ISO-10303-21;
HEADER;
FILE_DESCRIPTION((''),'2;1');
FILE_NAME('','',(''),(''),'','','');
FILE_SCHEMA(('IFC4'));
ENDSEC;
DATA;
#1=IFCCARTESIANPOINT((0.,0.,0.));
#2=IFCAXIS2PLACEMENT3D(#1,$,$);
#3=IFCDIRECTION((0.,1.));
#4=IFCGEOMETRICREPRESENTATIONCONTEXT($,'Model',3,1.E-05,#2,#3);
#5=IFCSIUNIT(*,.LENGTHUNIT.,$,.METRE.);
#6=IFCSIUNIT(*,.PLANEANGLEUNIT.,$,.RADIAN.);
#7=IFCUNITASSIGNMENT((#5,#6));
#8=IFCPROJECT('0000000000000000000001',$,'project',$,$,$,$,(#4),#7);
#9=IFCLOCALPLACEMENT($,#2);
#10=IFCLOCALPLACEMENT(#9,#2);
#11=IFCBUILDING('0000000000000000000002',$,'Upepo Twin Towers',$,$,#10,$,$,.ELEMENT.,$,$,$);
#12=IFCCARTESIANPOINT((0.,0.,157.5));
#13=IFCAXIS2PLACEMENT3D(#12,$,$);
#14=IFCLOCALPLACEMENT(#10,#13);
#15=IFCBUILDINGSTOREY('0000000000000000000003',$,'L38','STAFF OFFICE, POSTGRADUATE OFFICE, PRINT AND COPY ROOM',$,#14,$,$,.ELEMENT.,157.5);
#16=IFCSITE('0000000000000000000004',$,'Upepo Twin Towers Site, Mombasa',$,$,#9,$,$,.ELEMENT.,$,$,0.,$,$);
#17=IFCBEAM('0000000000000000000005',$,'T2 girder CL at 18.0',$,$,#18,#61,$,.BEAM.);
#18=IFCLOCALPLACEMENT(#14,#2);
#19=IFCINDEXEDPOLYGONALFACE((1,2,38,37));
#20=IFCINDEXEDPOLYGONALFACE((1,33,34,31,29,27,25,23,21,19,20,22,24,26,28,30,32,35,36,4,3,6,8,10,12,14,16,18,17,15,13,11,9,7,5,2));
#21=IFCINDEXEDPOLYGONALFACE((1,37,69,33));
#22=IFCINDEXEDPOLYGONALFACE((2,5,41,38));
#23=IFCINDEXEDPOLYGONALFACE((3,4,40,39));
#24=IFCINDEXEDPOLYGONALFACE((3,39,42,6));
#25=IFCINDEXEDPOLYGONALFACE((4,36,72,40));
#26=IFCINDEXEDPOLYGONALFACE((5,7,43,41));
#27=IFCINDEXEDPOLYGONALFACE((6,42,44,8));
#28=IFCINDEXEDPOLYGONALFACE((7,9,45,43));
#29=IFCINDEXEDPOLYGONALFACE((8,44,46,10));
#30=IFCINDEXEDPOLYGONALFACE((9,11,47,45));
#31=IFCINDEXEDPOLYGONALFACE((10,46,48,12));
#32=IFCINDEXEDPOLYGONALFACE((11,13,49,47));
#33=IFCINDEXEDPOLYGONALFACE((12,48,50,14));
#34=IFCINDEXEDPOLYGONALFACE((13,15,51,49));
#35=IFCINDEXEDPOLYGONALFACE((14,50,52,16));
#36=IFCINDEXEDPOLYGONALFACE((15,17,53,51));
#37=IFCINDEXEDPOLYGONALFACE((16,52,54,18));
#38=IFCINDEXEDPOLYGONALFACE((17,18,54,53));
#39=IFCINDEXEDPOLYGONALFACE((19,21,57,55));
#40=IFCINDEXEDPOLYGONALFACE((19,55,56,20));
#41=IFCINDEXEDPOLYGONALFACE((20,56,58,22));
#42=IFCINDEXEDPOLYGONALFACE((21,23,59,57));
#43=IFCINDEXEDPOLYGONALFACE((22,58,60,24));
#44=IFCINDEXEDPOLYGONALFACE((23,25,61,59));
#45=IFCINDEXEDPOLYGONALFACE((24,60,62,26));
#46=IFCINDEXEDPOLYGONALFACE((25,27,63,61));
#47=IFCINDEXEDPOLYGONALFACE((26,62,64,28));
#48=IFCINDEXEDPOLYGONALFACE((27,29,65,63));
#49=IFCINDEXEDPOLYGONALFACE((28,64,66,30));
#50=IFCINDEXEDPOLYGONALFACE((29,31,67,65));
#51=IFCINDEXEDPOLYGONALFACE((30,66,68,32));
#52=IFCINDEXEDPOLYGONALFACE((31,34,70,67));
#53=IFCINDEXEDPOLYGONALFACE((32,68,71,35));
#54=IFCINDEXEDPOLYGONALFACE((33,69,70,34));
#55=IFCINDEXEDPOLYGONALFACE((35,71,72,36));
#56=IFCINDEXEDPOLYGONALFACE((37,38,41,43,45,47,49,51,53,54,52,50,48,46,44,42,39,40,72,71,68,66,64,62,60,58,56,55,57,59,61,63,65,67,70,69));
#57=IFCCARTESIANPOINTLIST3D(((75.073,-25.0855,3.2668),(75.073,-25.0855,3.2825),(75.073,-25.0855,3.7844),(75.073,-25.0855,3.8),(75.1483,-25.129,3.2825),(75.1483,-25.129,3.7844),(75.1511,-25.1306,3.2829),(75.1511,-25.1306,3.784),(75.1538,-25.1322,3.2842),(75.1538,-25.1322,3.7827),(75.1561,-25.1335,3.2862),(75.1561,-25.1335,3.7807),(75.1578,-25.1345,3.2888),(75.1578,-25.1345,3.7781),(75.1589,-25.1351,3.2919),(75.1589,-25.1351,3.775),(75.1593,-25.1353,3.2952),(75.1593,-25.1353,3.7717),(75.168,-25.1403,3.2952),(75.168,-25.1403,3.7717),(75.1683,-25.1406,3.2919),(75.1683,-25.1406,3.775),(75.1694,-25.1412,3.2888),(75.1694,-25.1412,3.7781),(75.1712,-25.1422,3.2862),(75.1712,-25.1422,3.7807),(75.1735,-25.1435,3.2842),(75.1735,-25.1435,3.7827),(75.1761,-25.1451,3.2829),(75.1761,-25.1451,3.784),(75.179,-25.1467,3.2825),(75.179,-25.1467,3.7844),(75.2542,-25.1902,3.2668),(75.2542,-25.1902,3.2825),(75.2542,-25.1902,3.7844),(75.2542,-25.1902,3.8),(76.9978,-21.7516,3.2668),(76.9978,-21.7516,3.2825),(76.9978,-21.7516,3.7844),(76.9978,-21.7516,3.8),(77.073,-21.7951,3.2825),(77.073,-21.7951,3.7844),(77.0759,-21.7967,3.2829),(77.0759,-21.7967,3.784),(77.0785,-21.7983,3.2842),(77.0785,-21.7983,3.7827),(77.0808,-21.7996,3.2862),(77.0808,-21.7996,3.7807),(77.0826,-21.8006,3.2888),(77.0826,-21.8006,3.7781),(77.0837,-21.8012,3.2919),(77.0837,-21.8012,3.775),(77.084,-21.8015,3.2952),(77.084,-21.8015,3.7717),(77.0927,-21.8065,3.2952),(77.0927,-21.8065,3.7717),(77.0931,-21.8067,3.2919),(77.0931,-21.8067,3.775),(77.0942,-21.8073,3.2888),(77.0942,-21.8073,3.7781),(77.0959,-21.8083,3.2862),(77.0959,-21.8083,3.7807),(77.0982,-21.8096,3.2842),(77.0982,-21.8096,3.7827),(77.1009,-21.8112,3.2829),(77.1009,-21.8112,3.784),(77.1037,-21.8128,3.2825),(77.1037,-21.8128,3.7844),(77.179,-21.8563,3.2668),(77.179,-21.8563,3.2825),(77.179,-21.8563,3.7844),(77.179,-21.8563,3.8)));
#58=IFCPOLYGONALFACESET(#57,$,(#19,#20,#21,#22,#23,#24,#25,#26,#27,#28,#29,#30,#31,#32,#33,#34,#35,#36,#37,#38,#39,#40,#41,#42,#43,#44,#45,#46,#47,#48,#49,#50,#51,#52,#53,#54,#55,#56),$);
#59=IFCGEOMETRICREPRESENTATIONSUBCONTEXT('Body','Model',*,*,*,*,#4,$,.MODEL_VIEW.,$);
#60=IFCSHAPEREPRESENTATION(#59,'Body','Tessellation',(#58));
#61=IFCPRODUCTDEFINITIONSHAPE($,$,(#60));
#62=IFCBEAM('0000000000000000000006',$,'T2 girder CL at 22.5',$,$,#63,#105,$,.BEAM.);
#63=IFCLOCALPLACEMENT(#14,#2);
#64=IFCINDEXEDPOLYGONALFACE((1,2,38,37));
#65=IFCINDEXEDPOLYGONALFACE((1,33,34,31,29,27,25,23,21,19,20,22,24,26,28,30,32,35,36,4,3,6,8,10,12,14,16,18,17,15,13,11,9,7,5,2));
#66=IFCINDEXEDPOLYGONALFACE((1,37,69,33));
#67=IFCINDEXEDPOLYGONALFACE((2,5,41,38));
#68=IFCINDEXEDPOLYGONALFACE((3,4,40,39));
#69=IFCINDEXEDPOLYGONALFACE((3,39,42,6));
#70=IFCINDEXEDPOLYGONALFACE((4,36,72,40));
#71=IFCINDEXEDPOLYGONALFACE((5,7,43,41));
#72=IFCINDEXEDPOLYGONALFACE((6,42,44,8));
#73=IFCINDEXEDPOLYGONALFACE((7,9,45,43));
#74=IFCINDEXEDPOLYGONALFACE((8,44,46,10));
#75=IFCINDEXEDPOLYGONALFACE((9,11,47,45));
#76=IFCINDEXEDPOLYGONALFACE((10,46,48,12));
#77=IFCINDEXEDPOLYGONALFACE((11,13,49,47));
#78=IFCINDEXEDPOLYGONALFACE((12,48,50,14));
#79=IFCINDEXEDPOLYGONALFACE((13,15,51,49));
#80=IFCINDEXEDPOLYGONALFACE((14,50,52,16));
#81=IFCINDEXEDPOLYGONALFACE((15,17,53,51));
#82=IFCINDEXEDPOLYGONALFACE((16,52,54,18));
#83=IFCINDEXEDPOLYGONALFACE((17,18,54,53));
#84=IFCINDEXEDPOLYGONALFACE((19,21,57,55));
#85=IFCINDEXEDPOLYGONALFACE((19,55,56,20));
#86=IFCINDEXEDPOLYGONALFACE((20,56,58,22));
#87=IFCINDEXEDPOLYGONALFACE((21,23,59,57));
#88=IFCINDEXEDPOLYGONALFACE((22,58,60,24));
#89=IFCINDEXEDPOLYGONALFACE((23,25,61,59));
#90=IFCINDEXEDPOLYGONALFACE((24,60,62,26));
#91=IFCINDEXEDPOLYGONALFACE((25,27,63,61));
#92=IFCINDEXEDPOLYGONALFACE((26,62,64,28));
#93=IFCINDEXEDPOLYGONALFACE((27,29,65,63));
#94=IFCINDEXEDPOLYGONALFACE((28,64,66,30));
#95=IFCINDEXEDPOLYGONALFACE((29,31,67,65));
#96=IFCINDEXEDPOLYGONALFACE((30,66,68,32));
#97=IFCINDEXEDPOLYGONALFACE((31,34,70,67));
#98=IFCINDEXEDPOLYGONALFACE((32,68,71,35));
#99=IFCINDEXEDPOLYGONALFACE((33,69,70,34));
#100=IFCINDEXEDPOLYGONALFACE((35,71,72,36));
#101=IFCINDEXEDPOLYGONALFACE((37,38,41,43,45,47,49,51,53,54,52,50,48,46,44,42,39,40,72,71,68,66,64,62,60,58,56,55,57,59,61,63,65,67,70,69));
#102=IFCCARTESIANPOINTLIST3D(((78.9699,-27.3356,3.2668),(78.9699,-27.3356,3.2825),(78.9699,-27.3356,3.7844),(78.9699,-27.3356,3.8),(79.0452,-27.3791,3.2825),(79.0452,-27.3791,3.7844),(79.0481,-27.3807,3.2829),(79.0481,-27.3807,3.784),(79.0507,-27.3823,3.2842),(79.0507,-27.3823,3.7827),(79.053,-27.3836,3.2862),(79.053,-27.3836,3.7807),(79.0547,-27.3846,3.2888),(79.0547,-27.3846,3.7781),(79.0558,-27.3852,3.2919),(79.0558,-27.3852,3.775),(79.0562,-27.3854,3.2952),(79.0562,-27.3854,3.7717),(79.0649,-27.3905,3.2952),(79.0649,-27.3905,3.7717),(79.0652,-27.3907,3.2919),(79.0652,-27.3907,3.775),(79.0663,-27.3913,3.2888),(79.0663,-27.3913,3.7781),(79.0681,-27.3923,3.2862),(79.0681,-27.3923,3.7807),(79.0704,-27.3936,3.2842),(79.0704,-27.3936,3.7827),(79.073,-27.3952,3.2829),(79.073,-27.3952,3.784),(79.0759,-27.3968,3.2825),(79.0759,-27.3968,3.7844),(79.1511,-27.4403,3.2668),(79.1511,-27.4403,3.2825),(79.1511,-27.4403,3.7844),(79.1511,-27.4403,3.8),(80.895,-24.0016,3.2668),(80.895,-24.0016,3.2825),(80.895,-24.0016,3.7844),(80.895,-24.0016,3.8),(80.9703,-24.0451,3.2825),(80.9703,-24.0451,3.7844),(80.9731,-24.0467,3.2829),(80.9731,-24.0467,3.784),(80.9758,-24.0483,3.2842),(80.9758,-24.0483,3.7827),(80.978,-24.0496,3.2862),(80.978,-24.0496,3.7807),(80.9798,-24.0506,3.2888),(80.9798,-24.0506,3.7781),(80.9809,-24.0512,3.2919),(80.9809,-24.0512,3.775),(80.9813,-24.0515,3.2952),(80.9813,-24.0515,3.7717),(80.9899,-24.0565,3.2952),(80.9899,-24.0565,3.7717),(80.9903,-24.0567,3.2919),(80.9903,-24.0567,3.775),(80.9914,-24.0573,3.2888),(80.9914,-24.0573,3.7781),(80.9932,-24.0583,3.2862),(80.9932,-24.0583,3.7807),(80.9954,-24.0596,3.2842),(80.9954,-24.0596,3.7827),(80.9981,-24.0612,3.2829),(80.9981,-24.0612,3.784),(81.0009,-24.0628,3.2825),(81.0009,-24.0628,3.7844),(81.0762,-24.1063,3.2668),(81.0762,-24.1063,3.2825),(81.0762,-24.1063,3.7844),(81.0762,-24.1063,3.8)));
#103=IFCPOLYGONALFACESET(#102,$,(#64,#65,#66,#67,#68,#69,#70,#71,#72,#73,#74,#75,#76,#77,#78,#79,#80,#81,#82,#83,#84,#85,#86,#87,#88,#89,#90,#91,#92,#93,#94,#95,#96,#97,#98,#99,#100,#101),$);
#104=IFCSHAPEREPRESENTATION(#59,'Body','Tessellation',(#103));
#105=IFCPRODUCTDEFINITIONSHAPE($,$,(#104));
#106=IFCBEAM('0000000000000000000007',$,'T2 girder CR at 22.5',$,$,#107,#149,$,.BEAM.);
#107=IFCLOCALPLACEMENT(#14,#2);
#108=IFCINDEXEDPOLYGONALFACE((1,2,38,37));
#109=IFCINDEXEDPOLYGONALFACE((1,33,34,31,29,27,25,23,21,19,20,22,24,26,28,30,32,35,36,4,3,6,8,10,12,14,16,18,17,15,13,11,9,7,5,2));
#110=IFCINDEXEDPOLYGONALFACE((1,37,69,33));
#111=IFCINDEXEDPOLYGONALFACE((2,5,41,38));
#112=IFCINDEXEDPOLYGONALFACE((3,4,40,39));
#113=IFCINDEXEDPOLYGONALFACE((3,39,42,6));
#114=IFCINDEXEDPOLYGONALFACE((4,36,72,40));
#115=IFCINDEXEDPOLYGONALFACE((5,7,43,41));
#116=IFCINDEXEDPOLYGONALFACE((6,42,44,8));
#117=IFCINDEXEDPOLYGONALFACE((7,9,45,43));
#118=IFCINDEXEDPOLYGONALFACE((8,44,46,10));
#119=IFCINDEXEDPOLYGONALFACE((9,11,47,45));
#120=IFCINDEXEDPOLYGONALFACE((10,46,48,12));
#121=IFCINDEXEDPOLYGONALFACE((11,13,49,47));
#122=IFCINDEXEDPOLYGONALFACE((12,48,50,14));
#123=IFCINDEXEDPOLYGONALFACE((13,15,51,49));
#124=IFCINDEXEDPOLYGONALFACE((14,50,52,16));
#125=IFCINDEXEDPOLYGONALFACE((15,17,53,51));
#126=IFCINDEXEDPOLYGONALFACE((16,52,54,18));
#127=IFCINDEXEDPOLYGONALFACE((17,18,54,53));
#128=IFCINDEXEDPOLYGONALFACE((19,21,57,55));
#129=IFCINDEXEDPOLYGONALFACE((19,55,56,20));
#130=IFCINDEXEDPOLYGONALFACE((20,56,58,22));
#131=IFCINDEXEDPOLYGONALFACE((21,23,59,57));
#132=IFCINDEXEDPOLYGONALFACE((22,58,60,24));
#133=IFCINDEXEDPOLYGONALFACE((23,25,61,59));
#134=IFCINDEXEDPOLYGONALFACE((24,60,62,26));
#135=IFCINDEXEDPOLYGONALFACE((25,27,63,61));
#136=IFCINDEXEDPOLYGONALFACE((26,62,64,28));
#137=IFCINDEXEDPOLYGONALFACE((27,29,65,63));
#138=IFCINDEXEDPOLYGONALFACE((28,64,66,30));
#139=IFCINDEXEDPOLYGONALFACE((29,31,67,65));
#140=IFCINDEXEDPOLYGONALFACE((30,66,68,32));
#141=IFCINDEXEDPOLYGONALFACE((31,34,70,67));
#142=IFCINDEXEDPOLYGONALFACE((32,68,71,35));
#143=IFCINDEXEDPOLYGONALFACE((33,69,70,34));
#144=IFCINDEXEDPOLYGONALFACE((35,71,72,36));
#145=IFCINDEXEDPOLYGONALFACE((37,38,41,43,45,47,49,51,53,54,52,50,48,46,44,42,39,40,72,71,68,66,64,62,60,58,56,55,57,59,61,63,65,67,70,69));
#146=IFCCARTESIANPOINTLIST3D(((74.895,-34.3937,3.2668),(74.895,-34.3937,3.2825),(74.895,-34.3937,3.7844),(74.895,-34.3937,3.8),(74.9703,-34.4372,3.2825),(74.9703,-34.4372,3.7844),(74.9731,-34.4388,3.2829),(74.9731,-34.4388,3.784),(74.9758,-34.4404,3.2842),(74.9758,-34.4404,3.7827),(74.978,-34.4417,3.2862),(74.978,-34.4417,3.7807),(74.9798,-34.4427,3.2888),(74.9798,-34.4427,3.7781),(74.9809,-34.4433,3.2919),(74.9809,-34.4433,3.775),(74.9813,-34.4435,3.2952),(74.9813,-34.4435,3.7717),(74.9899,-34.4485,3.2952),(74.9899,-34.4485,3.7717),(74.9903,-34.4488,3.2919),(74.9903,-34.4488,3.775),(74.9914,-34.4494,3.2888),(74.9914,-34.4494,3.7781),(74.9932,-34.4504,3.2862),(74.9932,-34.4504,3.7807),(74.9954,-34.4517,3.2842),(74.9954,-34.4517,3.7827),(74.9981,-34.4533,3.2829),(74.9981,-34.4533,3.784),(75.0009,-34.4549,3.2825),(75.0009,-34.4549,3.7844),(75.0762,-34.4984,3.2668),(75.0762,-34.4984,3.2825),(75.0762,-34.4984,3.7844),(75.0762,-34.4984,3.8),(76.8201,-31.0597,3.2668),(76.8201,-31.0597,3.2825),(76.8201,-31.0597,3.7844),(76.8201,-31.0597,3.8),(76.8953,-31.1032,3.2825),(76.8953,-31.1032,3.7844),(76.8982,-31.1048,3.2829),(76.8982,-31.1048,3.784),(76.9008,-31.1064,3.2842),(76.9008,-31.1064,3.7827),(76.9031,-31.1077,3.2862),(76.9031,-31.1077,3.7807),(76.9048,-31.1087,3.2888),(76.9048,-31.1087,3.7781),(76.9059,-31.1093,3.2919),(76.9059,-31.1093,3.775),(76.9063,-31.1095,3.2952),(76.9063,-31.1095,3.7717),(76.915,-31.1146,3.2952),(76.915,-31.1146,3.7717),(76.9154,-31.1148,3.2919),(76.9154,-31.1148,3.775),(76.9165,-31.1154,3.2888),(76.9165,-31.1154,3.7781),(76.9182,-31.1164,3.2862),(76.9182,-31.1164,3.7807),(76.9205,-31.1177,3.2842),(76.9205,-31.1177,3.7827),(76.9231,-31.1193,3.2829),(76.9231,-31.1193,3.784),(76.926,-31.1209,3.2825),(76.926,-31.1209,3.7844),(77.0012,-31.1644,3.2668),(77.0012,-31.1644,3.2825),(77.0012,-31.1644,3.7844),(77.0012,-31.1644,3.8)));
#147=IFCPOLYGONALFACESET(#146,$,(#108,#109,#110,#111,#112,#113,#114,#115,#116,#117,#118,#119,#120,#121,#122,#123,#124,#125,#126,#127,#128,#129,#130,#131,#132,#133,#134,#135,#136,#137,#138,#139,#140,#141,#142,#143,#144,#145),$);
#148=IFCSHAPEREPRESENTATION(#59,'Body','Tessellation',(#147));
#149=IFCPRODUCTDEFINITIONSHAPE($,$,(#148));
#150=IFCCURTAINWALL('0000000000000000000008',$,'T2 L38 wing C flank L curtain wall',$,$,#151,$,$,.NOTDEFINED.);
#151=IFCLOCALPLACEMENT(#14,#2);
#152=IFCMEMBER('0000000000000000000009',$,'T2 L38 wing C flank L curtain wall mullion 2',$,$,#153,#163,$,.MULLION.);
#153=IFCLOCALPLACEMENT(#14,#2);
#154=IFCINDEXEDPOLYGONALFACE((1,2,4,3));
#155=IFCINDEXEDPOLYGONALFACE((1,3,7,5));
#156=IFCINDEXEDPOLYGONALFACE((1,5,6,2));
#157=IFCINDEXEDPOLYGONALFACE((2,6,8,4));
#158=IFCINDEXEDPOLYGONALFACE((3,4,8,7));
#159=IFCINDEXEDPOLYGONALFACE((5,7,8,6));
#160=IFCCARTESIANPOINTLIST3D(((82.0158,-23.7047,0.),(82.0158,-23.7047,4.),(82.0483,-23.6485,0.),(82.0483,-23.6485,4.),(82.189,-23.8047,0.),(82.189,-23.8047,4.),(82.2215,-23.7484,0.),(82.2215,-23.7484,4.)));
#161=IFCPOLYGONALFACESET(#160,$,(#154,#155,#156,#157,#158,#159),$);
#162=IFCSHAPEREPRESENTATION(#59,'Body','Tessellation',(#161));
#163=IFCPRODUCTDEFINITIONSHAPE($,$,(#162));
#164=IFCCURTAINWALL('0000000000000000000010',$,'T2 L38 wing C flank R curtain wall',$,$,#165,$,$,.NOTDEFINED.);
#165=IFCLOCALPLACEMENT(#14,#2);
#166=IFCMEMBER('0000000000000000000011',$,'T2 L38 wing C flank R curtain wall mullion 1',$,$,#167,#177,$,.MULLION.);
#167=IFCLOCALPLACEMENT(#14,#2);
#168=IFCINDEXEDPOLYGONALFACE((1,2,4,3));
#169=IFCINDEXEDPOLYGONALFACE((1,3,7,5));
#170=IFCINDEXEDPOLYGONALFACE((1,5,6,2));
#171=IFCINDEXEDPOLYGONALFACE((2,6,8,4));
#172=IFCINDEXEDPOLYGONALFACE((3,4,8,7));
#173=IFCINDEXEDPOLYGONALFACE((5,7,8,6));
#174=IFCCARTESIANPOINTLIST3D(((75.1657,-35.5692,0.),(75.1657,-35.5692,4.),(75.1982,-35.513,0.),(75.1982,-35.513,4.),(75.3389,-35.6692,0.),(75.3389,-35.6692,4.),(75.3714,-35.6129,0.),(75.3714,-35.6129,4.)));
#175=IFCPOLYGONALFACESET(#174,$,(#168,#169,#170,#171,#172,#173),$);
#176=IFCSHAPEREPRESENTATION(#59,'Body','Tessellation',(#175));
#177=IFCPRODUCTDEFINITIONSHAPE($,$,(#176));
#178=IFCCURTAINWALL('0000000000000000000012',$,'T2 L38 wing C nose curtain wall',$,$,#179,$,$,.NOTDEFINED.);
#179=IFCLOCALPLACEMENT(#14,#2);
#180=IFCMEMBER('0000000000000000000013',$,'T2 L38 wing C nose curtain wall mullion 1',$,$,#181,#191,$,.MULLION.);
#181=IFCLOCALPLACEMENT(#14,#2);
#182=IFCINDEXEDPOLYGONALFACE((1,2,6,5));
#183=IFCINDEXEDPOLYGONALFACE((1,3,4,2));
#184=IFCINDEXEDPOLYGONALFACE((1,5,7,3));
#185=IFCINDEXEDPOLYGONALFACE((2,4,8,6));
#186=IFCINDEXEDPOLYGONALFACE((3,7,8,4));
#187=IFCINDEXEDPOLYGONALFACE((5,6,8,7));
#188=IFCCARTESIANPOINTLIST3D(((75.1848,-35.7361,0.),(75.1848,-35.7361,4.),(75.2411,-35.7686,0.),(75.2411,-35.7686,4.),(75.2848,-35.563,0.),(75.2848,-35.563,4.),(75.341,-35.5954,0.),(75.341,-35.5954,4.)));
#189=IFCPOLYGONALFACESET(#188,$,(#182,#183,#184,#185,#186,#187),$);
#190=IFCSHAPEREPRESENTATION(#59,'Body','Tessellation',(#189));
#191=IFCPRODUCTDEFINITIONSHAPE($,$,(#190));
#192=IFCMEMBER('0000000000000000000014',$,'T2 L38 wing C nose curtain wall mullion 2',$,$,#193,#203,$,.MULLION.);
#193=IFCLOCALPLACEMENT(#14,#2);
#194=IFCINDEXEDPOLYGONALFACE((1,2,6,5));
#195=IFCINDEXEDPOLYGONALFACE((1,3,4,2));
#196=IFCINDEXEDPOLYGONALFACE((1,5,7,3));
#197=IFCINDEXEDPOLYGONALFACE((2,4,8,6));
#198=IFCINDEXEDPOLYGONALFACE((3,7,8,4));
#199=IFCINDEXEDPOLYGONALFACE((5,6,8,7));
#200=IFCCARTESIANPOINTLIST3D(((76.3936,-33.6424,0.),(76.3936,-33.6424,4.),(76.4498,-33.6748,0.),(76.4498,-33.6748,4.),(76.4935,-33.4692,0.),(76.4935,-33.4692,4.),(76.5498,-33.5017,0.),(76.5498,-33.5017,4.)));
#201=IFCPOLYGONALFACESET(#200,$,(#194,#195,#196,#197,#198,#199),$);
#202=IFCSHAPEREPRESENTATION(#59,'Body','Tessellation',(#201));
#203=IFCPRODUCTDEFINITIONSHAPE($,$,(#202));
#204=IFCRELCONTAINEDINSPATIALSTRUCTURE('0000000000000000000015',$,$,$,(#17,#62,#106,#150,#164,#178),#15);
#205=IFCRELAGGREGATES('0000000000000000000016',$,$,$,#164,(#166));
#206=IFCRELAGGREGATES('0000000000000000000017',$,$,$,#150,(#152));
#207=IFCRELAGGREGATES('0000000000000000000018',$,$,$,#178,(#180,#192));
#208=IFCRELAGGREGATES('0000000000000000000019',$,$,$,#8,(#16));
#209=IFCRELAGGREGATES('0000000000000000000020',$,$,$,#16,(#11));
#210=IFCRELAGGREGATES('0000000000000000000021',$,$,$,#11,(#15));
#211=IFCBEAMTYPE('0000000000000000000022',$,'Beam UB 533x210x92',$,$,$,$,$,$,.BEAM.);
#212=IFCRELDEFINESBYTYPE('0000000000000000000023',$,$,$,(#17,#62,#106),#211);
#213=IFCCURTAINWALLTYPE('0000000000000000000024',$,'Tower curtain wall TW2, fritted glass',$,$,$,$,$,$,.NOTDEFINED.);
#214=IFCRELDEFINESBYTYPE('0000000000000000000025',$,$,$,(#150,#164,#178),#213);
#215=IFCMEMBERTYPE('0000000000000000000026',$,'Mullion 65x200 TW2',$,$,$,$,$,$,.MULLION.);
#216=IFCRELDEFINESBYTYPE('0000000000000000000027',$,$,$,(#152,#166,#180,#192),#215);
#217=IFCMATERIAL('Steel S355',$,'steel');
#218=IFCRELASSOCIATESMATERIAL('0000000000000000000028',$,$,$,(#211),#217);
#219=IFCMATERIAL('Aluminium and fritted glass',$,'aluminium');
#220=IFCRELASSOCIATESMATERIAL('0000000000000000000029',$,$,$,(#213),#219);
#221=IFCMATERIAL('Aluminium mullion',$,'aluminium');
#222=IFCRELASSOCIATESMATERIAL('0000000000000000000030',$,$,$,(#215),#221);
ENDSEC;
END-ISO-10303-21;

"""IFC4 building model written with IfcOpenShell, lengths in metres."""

from ifc_helpers import new_model, si_unit, direction, frame, origin, origin_2d, place, context, subcontext, project, spatial, rectangle, i_section, extrude, material, material_profile, profile_set, type_object, element, aggregate, save


model = new_model("IFC4")

# Units and contexts
model_context = context("Model", 3, precision=1e-05, world=origin(), true_north=direction((0.0, 1.0)))
body_context = subcontext(model_context, "Body", "Model", "MODEL_VIEW")
ifc_project = project(units=[si_unit("LENGTHUNIT", "METRE"), si_unit("PLANEANGLEUNIT", "RADIAN")], contexts=[model_context])

# Site, building, storey
site_placement = place(None, origin())
site = spatial("IfcSite", under=ifc_project, at=site_placement, Name="Upepo Twin Towers Site, Mombasa", CompositionType="ELEMENT", RefElevation=0.0)
building_placement = place(site_placement, origin())
building = spatial("IfcBuilding", under=site, at=building_placement, Name="Upepo Twin Towers", CompositionType="ELEMENT")
storey_placement = place(building_placement, frame((0.0, 0.0, 157.5)))
storey = spatial("IfcBuildingStorey", under=building, at=storey_placement, Name="L38", Description="STAFF OFFICE, POSTGRADUATE OFFICE, PRINT AND COPY ROOM", CompositionType="ELEMENT", Elevation=157.5)

# Beams
ifc_material_1 = material(Name="Steel S355", Category="steel")
ifc_material_profile_1 = material_profile(ifc_material_1, i_section(OverallWidth=0.2092, OverallDepth=0.5332, WebThickness=0.01, FlangeThickness=0.0156, FilletRadius=0.0127, at=origin_2d()), Name="UB 533x210x92")
ifc_profile_set_1 = profile_set([ifc_material_profile_1], Name="Steel S355")
beam_type_1 = type_object("IfcBeamType", Name="Beam UB 533x210x92", PredefinedType="BEAM", material=ifc_profile_set_1)
beam_1_placement = place(storey_placement, frame((77.0884, -21.804, 3.5334), z_axis=(-0.499986, -0.866034, 0.0), x_axis=(0.866034, -0.499986, 0.0)))
element("IfcBeam", 1, at=beam_1_placement, inside=storey, type_object=beam_type_1, Name="T2 girder CL at 18.0", PredefinedType="BEAM", context=body_context, shape_type="SweptSolid", body=[
    extrude(i_section(OverallWidth=0.2092, OverallDepth=0.5332, WebThickness=0.01, FlangeThickness=0.0156, FilletRadius=0.0127, at=origin_2d()), origin(), (0.0, 0.0, 1.0), 3.8496),
])
for number, where, z_axis, x_axis, name in (
    (2, (80.9856, -24.054, 3.5334), (-0.500034, -0.866006, 0.0), (0.866006, -0.500034, 0.0), "T2 girder CL at 22.5"),
    (3, (74.9856, -34.446, 3.5334), (0.500034, 0.866006, 0.0), (-0.866006, 0.500034, 0.0), "T2 girder CR at 22.5"),
):
    element("IfcBeam", number, at=place(storey_placement, frame(where, z_axis=z_axis, x_axis=x_axis)), inside=storey, type_object=beam_type_1, Name=name, PredefinedType="BEAM", context=body_context, shape_type="SweptSolid", body=[
        extrude(i_section(OverallWidth=0.2092, OverallDepth=0.5332, WebThickness=0.01, FlangeThickness=0.0156, FilletRadius=0.0127, at=origin_2d()), origin(), (0.0, 0.0, 1.0), 3.8499),
    ])

# Curtain walls, members
ifc_material_2 = material(Name="Aluminium and fritted glass", Category="aluminium")
curtain_wall_type = type_object("IfcCurtainWallType", Name="Tower curtain wall TW2, fritted glass", PredefinedType="NOTDEFINED", material=ifc_material_2)
curtain_wall_1_placement = place(storey_placement, origin())
curtain_wall_1 = element("IfcCurtainWall", 4, at=curtain_wall_1_placement, inside=storey, type_object=curtain_wall_type, Name="T2 L38 wing C flank L curtain wall", PredefinedType="NOTDEFINED")
ifc_material_3 = material(Name="Aluminium mullion", Category="aluminium")
ifc_material_profile_2 = material_profile(ifc_material_3, rectangle(XDim=0.0649, YDim=0.2, at=origin_2d()), Name="MULLION 65x200")
ifc_profile_set_2 = profile_set([ifc_material_profile_2], Name="Aluminium mullion")
member_type_1 = type_object("IfcMemberType", Name="Mullion 65x200 TW2", PredefinedType="MULLION", material=ifc_profile_set_2)
member_1_placement = place(storey_placement, frame((82.1187, -23.7266, 0.0), z_axis=(0.0, 0.0, 1.0), x_axis=(0.5, 0.866025, 0.0)))
member_1 = element("IfcMember", 5, at=member_1_placement, type_object=member_type_1, Name="T2 L38 wing C flank L curtain wall mullion 2", PredefinedType="MULLION", context=body_context, shape_type="SweptSolid", body=[
    extrude(rectangle(XDim=0.0649, YDim=0.2, at=origin_2d()), origin(), (0.0, 0.0, 1.0), 4.0),
])
curtain_wall_2_placement = place(storey_placement, origin())
curtain_wall_2 = element("IfcCurtainWall", 6, at=curtain_wall_2_placement, inside=storey, type_object=curtain_wall_type, Name="T2 L38 wing C flank R curtain wall", PredefinedType="NOTDEFINED")
member_2_placement = place(storey_placement, frame((75.2686, -35.5911, 0.0), z_axis=(0.0, 0.0, 1.0), x_axis=(-0.5, -0.866025, 0.0)))
member_2 = element("IfcMember", 7, at=member_2_placement, type_object=member_type_1, Name="T2 L38 wing C flank R curtain wall mullion 1", PredefinedType="MULLION", context=body_context, shape_type="SweptSolid", body=[
    extrude(rectangle(XDim=0.0649, YDim=0.2, at=origin_2d()), origin(), (0.0, 0.0, 1.0), 4.0),
])

# Curtain wall, members
curtain_wall_3_placement = place(storey_placement, origin())
curtain_wall_3 = element("IfcCurtainWall", 8, at=curtain_wall_3_placement, inside=storey, type_object=curtain_wall_type, Name="T2 L38 wing C nose curtain wall", PredefinedType="NOTDEFINED")
member_3_placement = place(storey_placement, frame((75.2629, -35.6658, 0.0), z_axis=(0.0, 0.0, 1.0), x_axis=(-0.866025, 0.5, 0.0)))
member_3 = element("IfcMember", 9, at=member_3_placement, type_object=member_type_1, Name="T2 L38 wing C nose curtain wall mullion 1", PredefinedType="MULLION", context=body_context, shape_type="SweptSolid", body=[
    extrude(rectangle(XDim=0.0649, YDim=0.2, at=origin_2d()), origin(), (0.0, 0.0, 1.0), 4.0),
])
member_4_placement = place(storey_placement, frame((76.4717, -33.572, 0.0), z_axis=(0.0, 0.0, 1.0), x_axis=(-0.866025, 0.5, 0.0)))
member_4 = element("IfcMember", 10, at=member_4_placement, type_object=member_type_1, Name="T2 L38 wing C nose curtain wall mullion 2", PredefinedType="MULLION", context=body_context, shape_type="SweptSolid", body=[
    extrude(rectangle(XDim=0.0649, YDim=0.2, at=origin_2d()), origin(), (0.0, 0.0, 1.0), 4.0),
])

aggregate(curtain_wall_2, [member_2])

aggregate(curtain_wall_1, [member_1])
aggregate(curtain_wall_3, [member_3, member_4])

save(model, "model.ifc")
